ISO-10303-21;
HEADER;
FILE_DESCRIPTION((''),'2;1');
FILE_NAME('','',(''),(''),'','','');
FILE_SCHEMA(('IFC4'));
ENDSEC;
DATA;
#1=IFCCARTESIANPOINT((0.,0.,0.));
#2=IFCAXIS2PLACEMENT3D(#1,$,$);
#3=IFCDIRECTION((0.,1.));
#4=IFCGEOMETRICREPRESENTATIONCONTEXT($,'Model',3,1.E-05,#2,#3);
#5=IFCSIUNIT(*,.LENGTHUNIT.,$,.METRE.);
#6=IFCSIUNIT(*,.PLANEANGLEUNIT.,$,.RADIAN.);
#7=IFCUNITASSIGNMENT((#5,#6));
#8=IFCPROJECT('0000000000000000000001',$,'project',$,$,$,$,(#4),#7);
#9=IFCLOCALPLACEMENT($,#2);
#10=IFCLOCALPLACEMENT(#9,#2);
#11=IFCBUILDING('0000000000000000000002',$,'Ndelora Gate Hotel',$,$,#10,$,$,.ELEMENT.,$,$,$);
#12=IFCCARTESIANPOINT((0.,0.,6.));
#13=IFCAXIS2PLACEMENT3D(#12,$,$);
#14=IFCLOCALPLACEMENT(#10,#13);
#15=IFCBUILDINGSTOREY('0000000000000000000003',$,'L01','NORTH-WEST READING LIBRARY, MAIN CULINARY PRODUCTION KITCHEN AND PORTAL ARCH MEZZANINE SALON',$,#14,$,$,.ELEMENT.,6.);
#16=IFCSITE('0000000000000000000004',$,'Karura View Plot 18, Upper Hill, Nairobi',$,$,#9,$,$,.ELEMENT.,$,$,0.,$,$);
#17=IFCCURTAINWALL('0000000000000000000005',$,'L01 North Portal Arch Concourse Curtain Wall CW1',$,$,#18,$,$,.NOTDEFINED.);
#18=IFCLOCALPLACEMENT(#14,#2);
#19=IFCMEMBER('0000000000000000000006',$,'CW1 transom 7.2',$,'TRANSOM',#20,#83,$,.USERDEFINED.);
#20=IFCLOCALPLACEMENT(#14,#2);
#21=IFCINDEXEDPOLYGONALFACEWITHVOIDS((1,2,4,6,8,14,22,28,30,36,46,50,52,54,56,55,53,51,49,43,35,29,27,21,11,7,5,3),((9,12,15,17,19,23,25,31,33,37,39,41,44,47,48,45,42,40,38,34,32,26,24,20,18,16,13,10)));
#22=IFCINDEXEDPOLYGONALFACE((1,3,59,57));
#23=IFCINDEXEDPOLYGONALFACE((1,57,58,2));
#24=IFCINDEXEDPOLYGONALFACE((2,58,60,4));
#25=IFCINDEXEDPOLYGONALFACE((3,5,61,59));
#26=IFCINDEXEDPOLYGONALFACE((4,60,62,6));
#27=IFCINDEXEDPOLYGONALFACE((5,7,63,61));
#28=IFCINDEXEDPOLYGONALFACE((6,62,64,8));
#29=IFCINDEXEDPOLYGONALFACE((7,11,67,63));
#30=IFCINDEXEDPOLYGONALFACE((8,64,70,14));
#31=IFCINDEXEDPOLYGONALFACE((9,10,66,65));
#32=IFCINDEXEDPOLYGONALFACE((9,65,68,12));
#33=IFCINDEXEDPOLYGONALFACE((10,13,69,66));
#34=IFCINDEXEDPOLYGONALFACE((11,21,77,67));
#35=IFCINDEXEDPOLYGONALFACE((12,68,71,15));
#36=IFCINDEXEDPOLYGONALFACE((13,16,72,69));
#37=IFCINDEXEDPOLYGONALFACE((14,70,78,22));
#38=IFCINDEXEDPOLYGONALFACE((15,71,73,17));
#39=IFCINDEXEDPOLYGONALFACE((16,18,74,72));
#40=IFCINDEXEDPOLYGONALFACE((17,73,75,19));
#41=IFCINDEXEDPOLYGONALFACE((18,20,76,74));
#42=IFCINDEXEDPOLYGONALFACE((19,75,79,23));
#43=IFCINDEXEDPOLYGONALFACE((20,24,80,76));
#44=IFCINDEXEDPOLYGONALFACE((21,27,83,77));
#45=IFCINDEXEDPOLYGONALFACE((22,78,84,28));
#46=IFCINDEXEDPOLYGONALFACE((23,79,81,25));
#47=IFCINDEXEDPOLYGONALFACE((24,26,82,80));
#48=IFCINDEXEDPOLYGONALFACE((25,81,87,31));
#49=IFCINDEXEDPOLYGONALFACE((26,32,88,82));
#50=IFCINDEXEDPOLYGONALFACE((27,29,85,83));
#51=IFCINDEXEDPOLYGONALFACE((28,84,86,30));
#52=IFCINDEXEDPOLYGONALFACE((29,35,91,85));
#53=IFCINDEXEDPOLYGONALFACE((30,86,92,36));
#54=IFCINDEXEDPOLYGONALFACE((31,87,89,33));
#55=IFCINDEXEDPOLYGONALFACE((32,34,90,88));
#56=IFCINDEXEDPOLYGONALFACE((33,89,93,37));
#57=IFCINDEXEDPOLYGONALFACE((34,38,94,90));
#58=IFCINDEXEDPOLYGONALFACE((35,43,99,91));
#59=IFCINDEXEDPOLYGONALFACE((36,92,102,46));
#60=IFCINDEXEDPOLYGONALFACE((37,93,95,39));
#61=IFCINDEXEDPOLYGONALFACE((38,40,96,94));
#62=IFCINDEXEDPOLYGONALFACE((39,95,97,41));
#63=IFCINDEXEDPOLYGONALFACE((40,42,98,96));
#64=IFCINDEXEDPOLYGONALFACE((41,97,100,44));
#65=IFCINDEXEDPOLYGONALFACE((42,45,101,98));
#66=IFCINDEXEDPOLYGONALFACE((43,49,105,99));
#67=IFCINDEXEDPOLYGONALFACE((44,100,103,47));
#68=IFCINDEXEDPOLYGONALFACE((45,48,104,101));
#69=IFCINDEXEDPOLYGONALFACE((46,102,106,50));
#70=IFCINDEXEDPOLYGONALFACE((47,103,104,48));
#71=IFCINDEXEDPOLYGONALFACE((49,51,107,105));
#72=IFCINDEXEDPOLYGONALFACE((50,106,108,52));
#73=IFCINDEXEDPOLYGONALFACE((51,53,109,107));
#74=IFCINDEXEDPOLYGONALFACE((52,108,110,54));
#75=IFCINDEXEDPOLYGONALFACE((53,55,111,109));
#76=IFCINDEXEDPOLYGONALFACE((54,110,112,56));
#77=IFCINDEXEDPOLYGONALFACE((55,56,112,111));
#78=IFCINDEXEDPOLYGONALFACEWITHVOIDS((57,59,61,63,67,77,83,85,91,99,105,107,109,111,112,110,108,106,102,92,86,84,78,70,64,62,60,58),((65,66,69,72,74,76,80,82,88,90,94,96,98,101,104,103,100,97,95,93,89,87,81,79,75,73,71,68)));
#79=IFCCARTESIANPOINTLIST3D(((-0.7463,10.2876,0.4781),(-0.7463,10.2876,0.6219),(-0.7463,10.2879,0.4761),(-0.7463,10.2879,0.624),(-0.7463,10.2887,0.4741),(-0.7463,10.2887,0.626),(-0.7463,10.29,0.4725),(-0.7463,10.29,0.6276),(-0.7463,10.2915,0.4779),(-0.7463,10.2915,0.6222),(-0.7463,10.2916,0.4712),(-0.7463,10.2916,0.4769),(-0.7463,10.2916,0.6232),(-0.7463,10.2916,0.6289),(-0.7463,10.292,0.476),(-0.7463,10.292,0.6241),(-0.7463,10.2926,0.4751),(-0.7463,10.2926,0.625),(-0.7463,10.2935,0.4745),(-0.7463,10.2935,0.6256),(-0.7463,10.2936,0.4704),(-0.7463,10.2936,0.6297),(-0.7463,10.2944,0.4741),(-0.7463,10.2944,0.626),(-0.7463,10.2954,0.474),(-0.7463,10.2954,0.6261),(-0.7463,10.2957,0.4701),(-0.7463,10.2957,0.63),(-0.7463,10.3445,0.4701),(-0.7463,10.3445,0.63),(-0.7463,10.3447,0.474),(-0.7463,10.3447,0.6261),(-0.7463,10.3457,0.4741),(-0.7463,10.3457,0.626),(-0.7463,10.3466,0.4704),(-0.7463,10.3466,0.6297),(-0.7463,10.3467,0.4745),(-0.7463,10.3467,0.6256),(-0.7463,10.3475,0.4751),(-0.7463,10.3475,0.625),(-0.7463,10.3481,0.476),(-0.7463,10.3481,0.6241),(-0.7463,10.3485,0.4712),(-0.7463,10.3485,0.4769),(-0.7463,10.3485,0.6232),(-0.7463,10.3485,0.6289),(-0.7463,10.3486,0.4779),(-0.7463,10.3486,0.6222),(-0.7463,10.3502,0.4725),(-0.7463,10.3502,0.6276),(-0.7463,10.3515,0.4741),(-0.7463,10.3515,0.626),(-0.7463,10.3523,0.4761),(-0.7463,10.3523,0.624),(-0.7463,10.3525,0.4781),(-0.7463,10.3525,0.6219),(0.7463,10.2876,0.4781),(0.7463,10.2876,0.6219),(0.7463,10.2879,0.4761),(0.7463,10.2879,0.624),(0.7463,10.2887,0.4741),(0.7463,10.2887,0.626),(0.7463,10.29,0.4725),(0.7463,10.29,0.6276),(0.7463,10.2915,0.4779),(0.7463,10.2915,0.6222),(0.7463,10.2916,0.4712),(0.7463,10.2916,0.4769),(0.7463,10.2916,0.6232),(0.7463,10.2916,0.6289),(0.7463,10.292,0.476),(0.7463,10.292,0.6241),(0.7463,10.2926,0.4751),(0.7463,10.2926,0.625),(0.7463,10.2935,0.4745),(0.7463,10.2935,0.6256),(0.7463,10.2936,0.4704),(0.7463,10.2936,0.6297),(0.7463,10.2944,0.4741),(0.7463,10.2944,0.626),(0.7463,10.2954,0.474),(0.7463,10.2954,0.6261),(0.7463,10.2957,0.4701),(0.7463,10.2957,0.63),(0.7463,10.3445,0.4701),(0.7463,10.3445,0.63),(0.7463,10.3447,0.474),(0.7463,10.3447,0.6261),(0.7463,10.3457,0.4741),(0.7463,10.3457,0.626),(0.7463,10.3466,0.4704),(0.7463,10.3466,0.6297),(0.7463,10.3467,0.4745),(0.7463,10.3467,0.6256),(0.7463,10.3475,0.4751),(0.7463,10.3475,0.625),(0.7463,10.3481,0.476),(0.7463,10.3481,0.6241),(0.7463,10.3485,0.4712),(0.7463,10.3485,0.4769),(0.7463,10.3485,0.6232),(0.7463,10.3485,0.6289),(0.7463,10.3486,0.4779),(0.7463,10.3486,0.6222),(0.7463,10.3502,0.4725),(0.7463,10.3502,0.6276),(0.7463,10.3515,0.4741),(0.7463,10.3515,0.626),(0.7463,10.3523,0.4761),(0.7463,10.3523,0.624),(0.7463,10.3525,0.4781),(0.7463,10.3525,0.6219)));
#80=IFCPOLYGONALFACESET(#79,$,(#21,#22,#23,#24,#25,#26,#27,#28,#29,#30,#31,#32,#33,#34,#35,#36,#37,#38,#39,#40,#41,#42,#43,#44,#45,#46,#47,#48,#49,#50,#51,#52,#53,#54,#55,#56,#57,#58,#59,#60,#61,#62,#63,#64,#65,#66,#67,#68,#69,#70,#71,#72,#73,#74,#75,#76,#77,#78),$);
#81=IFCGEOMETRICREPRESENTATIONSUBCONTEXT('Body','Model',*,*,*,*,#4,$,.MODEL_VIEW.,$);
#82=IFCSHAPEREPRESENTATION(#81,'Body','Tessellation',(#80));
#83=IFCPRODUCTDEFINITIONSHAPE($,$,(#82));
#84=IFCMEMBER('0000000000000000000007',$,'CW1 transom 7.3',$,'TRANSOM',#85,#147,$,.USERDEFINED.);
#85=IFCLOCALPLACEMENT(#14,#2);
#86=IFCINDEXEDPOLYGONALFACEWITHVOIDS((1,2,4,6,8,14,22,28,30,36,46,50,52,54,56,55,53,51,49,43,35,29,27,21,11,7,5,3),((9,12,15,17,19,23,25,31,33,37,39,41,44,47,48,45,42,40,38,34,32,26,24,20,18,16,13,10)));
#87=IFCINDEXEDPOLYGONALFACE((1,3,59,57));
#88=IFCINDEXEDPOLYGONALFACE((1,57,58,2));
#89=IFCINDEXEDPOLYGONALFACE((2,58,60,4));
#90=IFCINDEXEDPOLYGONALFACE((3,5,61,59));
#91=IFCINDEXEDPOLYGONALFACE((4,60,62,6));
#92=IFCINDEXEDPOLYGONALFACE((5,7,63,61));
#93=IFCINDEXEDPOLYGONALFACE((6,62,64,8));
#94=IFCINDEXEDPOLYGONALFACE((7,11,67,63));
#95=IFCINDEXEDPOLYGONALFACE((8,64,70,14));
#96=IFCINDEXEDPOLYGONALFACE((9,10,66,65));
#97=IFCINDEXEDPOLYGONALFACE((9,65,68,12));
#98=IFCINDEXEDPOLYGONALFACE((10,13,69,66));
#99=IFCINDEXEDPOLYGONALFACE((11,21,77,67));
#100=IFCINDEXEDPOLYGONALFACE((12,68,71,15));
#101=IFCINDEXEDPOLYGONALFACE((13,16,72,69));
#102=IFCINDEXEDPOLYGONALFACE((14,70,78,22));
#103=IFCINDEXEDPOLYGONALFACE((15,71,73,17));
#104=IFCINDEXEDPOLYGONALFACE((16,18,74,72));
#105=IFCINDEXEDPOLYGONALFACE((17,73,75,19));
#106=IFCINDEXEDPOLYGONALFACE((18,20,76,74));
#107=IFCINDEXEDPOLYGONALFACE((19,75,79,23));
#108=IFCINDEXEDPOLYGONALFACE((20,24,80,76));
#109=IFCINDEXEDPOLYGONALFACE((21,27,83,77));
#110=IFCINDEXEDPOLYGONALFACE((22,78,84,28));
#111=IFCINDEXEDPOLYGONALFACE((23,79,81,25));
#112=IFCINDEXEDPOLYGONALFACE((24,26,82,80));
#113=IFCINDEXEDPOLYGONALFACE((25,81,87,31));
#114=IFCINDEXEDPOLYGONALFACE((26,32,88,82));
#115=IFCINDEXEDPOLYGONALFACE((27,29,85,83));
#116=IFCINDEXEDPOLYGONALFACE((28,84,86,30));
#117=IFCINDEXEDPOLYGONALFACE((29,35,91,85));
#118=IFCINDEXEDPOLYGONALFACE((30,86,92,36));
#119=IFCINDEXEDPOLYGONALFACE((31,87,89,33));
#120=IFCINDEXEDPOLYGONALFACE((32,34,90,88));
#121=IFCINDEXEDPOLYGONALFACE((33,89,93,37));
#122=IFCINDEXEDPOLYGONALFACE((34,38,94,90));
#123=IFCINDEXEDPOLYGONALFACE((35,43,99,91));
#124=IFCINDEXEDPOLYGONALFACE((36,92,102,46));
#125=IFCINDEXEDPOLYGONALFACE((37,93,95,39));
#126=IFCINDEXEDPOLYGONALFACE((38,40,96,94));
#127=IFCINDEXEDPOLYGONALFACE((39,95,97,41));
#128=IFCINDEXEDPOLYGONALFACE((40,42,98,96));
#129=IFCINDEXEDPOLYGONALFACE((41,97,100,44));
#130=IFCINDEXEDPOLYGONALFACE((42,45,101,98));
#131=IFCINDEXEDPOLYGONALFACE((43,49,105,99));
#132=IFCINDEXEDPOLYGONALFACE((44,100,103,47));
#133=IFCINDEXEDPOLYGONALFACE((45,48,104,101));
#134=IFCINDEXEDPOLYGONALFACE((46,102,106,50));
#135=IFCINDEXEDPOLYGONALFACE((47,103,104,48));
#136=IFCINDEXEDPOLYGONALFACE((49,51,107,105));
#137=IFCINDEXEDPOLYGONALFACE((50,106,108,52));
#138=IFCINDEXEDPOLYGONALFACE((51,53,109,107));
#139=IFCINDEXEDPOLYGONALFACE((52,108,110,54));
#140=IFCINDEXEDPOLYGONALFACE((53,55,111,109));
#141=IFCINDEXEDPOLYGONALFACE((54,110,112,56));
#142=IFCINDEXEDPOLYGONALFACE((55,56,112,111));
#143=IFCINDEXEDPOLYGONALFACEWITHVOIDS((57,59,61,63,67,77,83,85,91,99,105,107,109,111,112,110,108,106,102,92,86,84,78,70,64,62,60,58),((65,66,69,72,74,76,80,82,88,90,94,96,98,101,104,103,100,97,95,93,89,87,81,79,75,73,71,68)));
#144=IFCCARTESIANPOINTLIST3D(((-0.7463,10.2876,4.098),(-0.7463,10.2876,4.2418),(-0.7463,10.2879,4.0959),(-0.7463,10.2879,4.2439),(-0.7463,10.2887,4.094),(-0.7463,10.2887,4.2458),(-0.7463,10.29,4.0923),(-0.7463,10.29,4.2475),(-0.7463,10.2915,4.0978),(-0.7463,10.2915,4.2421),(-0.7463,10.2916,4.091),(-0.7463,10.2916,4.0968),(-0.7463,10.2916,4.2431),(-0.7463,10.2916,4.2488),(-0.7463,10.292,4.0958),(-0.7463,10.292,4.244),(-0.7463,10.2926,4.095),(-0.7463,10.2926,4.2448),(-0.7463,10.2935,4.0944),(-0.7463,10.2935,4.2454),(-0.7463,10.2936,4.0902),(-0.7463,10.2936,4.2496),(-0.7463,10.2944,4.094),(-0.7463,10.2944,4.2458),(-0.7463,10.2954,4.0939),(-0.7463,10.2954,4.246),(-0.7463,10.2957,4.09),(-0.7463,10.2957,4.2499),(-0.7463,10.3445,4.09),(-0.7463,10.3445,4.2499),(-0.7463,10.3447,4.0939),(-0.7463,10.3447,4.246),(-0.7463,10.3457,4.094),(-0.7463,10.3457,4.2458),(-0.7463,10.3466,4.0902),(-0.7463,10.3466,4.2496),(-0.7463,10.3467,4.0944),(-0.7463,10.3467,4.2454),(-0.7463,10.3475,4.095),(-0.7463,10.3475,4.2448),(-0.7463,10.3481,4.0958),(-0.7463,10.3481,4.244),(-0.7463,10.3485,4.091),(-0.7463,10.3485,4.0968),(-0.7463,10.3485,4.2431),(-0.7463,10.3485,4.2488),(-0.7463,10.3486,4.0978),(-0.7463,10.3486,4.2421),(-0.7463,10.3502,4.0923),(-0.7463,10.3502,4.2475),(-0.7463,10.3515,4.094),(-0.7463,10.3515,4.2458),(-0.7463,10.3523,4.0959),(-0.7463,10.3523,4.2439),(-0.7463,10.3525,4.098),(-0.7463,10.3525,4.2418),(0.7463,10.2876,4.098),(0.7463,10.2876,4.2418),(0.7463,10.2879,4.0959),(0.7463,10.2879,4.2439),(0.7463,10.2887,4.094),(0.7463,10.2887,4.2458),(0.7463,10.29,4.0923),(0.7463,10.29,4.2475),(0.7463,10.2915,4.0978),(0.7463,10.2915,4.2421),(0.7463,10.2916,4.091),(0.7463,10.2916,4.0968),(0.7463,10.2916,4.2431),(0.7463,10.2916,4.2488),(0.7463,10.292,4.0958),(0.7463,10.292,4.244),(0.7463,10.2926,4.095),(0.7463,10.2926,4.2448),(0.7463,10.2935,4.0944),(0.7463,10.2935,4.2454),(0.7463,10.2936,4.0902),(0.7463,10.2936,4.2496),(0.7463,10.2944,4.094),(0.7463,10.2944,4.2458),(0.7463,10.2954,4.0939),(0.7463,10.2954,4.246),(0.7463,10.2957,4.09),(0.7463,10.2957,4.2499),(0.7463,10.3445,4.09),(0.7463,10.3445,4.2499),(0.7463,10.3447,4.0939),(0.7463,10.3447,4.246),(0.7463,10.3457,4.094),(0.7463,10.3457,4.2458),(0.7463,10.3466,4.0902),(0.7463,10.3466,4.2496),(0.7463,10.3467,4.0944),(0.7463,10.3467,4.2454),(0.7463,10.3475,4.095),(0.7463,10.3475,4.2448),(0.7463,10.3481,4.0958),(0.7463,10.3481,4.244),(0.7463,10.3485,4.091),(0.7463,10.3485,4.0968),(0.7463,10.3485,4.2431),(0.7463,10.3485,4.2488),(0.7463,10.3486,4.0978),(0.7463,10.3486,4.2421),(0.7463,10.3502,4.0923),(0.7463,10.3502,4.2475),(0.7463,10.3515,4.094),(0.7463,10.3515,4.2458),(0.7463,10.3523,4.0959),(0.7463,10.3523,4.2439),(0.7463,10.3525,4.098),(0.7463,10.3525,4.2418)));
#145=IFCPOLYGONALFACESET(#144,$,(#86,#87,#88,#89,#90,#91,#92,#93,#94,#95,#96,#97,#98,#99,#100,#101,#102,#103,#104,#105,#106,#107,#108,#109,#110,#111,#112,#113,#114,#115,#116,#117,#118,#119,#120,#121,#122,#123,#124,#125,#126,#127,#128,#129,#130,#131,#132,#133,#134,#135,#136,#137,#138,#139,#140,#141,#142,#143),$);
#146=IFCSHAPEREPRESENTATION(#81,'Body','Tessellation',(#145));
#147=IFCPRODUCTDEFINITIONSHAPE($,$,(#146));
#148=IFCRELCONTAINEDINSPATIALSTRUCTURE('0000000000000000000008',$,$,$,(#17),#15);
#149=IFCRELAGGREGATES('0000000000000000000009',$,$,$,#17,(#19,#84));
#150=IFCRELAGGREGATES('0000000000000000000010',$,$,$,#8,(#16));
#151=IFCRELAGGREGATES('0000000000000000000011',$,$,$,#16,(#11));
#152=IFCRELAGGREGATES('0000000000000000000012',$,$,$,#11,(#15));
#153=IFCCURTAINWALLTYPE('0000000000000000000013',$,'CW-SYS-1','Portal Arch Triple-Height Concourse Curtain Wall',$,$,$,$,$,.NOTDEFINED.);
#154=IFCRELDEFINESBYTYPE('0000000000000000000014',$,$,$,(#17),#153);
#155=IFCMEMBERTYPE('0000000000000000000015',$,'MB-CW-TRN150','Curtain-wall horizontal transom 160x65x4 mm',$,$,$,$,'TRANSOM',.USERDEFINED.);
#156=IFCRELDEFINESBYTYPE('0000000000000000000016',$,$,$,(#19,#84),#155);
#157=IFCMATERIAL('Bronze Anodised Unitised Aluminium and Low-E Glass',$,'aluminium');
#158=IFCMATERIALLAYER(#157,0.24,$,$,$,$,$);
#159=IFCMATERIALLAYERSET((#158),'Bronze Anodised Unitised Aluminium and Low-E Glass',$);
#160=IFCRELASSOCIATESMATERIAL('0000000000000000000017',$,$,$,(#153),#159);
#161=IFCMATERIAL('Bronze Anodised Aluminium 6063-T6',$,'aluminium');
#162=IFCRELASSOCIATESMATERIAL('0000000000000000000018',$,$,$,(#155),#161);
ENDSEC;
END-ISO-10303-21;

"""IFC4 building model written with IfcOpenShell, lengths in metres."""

from ifc_helpers import new_model, si_unit, direction, frame, origin, origin_2d, place, context, subcontext, project, spatial, hollow_rectangle, extrude, material, layer, layer_set, material_profile, profile_set, type_object, element, aggregate, save


model = new_model("IFC4")

# Units and contexts
model_context = context("Model", 3, precision=1e-05, world=origin(), true_north=direction((0.0, 1.0)))
body_context = subcontext(model_context, "Body", "Model", "MODEL_VIEW")
ifc_project = project(units=[si_unit("LENGTHUNIT", "METRE"), si_unit("PLANEANGLEUNIT", "RADIAN")], contexts=[model_context])

# Site, building, storey
site_placement = place(None, origin())
site = spatial("IfcSite", under=ifc_project, at=site_placement, Name="Karura View Plot 18, Upper Hill, Nairobi", CompositionType="ELEMENT", RefElevation=0.0)
building_placement = place(site_placement, origin())
building = spatial("IfcBuilding", under=site, at=building_placement, Name="Ndelora Gate Hotel", CompositionType="ELEMENT")
storey_placement = place(building_placement, frame((0.0, 0.0, 6.0)))
storey = spatial("IfcBuildingStorey", under=building, at=storey_placement, Name="L01", Description="NORTH-WEST READING LIBRARY, MAIN CULINARY PRODUCTION KITCHEN AND PORTAL ARCH MEZZANINE SALON", CompositionType="ELEMENT", Elevation=6.0)

# Curtain wall, members
ifc_material_1 = material(Name="Bronze Anodised Unitised Aluminium and Low-E Glass", Category="aluminium")
ifc_layer_1 = layer(ifc_material_1, 0.24)
ifc_layer_set_1 = layer_set([ifc_layer_1], Name="Bronze Anodised Unitised Aluminium and Low-E Glass")
curtain_wall_type = type_object("IfcCurtainWallType", Name="CW-SYS-1", Description="Portal Arch Triple-Height Concourse Curtain Wall", PredefinedType="NOTDEFINED", material=ifc_layer_set_1)
curtain_wall_placement = place(storey_placement, origin())
curtain_wall = element("IfcCurtainWall", 1, at=curtain_wall_placement, inside=storey, type_object=curtain_wall_type, Name="L01 North Portal Arch Concourse Curtain Wall CW1", PredefinedType="NOTDEFINED")
ifc_material_2 = material(Name="Bronze Anodised Aluminium 6063-T6", Category="aluminium")
ifc_material_profile_1 = material_profile(ifc_material_2, hollow_rectangle(XDim=0.0649, YDim=0.1599, WallThickness=0.0039, InnerFilletRadius=0.0039, OuterFilletRadius=0.0081, at=origin_2d()), Name="ALU 160x65x4")
ifc_profile_set_1 = profile_set([ifc_material_profile_1], Name="Bronze Anodised Aluminium 6063-T6")
member_type_1 = type_object("IfcMemberType", Name="MB-CW-TRN150", Description="Curtain-wall horizontal transom 160x65x4 mm", ElementType="TRANSOM", PredefinedType="USERDEFINED", material=ifc_profile_set_1)
member_1_placement = place(storey_placement, frame((0.7463, 10.3201, 0.55), z_axis=(-1.0, 0.0, 0.0), x_axis=(0.0, -1.0, 0.0)))
member_1 = element("IfcMember", 2, at=member_1_placement, type_object=member_type_1, Name="CW1 transom 7.2", ObjectType="TRANSOM", PredefinedType="USERDEFINED", context=body_context, shape_type="SweptSolid", body=[
    extrude(hollow_rectangle(XDim=0.0649, YDim=0.1599, WallThickness=0.0039, InnerFilletRadius=0.0039, OuterFilletRadius=0.0081, at=origin_2d()), origin(), (0.0, 0.0, 1.0), 1.4927),
])
member_2_placement = place(storey_placement, frame((0.7463, 10.3201, 4.1699), z_axis=(-1.0, 0.0, 0.0), x_axis=(0.0, -1.0, 0.0)))
member_2 = element("IfcMember", 3, at=member_2_placement, type_object=member_type_1, Name="CW1 transom 7.3", ObjectType="TRANSOM", PredefinedType="USERDEFINED", context=body_context, shape_type="SweptSolid", body=[
    extrude(hollow_rectangle(XDim=0.0649, YDim=0.1599, WallThickness=0.0039, InnerFilletRadius=0.0039, OuterFilletRadius=0.0081, at=origin_2d()), origin(), (0.0, 0.0, 1.0), 1.4927),
])
aggregate(curtain_wall, [member_1, member_2])

save(model, "model.ifc")
